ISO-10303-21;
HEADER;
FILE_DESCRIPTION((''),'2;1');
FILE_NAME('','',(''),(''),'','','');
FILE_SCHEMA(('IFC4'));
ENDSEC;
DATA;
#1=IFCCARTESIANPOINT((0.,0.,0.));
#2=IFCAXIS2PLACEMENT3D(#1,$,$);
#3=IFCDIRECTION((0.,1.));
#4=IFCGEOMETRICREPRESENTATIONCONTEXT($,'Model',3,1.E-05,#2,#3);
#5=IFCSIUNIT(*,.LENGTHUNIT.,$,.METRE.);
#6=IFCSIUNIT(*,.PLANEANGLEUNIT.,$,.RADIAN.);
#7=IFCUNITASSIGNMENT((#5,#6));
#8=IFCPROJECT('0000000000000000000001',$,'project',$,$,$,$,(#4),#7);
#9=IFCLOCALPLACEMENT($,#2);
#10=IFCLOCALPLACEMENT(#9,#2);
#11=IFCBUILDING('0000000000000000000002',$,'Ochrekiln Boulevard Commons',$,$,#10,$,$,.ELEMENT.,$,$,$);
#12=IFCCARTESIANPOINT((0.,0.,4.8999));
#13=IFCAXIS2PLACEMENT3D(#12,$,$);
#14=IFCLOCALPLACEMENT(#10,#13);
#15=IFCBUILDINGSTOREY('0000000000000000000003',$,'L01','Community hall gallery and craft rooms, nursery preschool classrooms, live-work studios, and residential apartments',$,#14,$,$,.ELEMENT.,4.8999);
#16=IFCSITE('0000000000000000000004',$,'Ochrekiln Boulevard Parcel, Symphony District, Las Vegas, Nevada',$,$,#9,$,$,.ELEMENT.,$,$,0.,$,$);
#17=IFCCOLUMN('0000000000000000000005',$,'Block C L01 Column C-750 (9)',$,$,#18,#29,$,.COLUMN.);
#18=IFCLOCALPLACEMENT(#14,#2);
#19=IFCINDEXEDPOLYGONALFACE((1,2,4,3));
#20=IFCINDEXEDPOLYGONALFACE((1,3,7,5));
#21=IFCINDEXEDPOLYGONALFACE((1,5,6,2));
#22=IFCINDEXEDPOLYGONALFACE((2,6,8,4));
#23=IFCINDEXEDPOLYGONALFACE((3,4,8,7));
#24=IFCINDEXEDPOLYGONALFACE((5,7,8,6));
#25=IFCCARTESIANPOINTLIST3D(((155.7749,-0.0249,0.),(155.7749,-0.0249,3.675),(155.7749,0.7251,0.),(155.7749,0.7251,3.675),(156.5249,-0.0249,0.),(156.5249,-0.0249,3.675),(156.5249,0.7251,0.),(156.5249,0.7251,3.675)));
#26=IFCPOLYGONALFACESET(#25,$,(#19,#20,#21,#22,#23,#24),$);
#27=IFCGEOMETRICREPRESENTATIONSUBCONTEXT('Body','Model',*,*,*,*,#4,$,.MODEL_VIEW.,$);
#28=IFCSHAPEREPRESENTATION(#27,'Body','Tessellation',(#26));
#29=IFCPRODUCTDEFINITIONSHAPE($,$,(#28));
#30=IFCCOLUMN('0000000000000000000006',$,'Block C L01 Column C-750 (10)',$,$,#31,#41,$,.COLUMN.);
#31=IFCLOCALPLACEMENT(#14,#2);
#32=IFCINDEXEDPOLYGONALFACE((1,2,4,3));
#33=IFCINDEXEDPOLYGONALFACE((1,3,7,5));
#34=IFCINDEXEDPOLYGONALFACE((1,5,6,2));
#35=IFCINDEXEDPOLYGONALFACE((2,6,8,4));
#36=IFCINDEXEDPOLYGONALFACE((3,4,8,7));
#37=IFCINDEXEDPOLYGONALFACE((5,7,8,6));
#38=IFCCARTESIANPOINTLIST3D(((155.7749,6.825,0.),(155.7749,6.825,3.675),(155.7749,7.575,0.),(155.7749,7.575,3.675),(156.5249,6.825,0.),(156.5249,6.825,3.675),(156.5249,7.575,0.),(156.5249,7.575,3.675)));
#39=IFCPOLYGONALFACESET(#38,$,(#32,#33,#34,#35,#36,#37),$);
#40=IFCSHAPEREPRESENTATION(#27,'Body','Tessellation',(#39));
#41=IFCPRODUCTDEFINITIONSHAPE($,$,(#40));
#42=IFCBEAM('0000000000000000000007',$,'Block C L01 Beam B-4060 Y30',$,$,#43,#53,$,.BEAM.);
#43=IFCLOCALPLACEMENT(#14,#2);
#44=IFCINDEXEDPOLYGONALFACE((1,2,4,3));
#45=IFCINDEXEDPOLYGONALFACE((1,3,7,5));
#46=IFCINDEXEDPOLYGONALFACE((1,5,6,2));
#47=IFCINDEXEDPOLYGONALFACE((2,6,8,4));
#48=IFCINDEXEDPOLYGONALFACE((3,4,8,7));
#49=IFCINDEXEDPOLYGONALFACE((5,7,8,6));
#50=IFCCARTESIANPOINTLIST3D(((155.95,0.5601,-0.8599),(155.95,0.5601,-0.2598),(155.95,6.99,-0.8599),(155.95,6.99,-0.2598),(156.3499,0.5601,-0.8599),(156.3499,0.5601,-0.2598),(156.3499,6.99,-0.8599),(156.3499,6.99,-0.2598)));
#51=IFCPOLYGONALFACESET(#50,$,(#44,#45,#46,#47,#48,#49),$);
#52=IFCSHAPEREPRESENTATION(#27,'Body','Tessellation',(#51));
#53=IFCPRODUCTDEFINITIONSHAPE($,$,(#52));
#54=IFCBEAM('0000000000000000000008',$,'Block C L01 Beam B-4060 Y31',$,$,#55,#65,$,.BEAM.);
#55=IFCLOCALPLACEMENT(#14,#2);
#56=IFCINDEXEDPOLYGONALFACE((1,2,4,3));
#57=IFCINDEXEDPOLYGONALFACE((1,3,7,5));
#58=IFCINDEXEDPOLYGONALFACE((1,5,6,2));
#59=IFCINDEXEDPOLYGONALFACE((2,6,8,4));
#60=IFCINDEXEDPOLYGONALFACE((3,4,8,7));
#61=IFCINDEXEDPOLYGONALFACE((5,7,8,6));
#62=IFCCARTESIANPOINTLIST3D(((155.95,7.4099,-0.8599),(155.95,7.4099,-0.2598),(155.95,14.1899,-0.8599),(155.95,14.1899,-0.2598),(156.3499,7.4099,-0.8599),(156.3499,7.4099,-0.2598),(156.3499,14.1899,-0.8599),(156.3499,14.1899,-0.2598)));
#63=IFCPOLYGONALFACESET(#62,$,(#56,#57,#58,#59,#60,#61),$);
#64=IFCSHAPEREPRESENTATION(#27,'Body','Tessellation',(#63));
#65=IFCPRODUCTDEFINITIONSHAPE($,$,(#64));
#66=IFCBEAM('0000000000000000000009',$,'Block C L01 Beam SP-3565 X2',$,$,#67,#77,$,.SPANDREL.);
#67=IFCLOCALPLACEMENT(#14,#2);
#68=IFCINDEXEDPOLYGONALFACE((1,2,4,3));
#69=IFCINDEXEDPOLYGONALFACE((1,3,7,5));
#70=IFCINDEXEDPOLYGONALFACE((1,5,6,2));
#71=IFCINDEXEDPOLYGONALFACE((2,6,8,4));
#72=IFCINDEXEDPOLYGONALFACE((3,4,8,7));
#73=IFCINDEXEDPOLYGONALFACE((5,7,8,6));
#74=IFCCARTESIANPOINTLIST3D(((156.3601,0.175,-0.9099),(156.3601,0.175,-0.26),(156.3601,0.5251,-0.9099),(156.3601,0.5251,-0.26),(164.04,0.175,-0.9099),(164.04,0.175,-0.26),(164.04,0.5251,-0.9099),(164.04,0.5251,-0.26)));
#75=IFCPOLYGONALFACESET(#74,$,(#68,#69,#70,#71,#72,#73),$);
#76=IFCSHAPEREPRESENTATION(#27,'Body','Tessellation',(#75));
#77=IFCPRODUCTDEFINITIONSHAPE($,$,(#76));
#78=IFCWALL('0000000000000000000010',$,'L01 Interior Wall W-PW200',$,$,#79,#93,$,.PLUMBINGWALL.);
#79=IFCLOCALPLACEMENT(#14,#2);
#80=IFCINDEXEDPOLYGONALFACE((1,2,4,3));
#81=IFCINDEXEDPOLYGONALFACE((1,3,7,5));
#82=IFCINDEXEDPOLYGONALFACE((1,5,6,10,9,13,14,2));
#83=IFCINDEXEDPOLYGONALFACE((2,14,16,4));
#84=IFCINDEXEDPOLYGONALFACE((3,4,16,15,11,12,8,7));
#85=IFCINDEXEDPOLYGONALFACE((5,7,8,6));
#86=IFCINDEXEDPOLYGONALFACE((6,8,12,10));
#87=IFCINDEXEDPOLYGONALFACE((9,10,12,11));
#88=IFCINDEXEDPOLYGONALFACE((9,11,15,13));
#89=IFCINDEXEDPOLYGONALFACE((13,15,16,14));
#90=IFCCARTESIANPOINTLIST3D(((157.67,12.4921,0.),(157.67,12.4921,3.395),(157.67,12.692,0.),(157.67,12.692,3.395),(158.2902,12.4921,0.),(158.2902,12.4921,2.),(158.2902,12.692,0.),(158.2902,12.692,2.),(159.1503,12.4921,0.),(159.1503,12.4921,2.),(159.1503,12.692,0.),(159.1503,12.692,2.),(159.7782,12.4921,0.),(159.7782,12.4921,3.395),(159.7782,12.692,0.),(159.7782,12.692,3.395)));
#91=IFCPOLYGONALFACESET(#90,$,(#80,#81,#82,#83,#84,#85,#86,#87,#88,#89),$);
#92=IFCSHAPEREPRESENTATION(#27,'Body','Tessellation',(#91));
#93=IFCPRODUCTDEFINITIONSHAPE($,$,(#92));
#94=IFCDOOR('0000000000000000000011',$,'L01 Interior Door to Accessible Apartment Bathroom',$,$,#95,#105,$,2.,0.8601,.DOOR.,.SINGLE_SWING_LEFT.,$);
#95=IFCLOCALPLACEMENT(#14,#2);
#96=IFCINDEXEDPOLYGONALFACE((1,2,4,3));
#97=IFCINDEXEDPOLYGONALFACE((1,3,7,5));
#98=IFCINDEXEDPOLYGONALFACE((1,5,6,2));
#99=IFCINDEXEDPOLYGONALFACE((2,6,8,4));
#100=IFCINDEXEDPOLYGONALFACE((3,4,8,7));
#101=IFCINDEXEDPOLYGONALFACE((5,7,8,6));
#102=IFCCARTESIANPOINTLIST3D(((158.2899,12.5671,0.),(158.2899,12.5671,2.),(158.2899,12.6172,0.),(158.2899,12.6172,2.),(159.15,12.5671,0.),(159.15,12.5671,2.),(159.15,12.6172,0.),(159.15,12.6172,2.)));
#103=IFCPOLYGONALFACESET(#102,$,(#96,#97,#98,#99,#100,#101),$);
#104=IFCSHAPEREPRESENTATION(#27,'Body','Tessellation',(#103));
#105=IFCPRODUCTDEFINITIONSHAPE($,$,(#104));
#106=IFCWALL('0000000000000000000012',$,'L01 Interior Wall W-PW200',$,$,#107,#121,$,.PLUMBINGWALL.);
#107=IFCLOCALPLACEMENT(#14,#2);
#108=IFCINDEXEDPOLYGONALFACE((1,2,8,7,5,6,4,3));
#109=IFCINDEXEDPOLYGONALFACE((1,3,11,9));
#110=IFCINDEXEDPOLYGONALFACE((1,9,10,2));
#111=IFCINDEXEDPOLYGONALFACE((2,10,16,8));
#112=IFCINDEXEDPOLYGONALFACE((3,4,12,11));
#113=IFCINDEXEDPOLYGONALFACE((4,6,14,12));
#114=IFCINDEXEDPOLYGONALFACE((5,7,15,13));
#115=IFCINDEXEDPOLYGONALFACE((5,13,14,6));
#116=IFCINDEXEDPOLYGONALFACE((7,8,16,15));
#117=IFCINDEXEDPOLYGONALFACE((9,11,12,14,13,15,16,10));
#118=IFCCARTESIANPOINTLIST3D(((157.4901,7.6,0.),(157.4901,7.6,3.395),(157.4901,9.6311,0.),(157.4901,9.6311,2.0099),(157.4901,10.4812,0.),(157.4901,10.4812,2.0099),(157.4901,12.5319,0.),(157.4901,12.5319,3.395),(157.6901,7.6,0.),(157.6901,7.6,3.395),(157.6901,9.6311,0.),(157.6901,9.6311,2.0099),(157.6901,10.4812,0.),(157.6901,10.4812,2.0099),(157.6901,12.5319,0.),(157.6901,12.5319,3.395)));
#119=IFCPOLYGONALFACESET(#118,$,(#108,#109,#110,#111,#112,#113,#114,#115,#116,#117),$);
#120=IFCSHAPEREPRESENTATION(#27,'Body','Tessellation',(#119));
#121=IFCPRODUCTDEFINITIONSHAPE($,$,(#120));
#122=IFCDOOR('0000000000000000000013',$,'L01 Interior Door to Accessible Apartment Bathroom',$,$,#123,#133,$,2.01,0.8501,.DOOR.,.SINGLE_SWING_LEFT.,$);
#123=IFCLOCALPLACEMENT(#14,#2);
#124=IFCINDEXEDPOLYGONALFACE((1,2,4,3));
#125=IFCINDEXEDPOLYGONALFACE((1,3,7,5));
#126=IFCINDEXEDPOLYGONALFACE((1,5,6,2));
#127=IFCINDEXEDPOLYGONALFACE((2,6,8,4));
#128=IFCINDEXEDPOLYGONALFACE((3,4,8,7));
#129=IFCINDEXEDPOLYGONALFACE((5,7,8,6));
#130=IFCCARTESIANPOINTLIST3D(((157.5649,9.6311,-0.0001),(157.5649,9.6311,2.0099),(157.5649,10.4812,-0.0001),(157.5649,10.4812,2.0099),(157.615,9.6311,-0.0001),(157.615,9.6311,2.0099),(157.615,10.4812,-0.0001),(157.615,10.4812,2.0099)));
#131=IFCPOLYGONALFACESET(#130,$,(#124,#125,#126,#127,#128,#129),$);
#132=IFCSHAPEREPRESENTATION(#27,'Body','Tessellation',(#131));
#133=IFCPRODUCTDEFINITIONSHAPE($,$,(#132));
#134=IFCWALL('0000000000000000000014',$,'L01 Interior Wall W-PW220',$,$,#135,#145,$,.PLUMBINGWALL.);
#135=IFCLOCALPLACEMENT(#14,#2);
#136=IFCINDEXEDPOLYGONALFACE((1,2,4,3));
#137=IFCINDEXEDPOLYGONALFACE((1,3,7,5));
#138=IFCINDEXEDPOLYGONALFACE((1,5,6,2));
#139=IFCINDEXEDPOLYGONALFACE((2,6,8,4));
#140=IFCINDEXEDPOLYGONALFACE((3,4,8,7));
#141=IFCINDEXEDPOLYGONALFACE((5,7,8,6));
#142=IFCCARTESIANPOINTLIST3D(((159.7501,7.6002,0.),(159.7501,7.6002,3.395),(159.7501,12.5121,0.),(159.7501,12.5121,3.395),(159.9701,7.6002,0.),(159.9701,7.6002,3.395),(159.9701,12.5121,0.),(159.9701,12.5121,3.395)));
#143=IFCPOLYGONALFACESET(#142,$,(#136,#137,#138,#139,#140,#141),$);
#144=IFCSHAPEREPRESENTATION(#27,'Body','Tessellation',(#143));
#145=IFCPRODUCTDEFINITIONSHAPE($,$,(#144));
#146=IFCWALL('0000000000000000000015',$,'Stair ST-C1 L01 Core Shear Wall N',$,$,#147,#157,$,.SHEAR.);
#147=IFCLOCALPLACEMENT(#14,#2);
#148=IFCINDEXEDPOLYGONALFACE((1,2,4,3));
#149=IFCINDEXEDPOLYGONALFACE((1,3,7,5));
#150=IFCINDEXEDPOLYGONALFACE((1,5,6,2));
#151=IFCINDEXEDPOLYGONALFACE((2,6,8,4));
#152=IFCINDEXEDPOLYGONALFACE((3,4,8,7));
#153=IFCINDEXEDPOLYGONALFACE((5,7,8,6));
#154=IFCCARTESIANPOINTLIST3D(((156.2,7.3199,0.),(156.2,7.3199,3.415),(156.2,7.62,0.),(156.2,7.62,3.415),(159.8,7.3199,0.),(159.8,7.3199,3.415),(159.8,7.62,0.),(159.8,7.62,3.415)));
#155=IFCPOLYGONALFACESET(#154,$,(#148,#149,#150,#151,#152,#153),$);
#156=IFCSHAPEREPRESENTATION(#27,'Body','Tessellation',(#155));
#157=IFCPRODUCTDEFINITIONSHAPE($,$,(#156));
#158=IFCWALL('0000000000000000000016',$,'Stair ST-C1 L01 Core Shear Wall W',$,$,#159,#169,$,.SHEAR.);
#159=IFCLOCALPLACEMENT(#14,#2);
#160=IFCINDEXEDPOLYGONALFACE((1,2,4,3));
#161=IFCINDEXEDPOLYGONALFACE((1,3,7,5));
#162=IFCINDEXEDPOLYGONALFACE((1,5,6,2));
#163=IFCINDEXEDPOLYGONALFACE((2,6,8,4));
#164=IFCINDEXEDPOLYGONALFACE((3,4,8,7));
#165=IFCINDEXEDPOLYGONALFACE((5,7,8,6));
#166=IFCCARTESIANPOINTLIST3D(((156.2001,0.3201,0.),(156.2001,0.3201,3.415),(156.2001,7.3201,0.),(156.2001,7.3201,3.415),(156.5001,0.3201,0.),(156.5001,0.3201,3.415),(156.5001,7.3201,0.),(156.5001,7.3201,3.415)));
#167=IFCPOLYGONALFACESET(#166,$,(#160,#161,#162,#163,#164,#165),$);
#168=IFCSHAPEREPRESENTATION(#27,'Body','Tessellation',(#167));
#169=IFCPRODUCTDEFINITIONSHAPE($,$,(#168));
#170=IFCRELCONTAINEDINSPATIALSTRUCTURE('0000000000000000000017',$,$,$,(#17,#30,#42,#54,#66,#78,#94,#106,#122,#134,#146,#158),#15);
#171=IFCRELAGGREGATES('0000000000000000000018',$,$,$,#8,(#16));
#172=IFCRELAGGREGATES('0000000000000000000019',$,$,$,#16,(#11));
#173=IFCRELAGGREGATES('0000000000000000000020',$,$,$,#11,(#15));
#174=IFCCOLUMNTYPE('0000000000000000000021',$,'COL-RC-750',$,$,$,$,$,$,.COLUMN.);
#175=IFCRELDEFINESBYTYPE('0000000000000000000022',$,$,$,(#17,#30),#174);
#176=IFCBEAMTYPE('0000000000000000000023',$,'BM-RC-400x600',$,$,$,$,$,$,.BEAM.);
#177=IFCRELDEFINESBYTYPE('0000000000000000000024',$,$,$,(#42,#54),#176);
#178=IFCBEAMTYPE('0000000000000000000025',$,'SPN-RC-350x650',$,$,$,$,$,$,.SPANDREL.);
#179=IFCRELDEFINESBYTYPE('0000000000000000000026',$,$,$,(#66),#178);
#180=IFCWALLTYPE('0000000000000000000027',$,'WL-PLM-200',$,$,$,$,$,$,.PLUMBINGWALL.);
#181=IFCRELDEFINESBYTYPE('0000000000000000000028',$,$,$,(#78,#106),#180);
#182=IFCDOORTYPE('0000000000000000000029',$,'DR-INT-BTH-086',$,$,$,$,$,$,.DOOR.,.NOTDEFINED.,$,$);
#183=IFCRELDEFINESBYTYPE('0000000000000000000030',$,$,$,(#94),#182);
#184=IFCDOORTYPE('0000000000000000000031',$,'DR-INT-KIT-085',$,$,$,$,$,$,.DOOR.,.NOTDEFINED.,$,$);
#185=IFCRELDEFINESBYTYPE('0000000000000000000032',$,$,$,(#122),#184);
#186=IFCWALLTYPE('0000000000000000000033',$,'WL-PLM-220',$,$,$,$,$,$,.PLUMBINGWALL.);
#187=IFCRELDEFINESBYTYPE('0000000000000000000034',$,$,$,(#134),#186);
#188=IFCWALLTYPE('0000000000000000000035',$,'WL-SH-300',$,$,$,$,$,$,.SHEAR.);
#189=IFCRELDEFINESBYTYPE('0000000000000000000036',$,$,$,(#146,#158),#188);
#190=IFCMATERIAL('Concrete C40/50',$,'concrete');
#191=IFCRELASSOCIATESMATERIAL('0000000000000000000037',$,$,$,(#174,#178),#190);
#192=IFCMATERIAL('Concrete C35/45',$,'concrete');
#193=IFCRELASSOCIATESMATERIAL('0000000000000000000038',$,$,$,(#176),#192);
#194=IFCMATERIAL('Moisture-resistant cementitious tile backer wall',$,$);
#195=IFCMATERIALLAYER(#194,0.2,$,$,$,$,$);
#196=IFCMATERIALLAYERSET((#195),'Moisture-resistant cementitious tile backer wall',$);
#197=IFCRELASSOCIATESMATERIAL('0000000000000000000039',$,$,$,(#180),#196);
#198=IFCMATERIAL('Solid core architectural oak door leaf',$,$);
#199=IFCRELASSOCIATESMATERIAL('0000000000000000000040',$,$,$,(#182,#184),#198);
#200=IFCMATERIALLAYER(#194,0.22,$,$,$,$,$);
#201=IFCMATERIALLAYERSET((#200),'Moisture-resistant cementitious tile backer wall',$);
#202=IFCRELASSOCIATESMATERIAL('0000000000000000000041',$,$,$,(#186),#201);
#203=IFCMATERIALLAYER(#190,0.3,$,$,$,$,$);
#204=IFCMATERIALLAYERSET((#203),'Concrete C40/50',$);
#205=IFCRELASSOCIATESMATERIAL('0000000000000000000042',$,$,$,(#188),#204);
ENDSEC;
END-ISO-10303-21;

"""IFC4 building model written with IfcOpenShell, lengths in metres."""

from ifc_helpers import new_model, si_unit, direction, frame, frame_2d, origin, origin_2d, place, context, subcontext, project, spatial, rectangle, extrude, material, layer, layer_set, material_profile, profile_set, type_object, element, fill, save


model = new_model("IFC4")

# Units and contexts
model_context = context("Model", 3, precision=1e-05, world=origin(), true_north=direction((0.0, 1.0)))
body_context = subcontext(model_context, "Body", "Model", "MODEL_VIEW")
ifc_project = project(units=[si_unit("LENGTHUNIT", "METRE"), si_unit("PLANEANGLEUNIT", "RADIAN")], contexts=[model_context])

# Site, building, storey
site_placement = place(None, origin())
site = spatial("IfcSite", under=ifc_project, at=site_placement, Name="Ochrekiln Boulevard Parcel, Symphony District, Las Vegas, Nevada", CompositionType="ELEMENT", RefElevation=0.0)
building_placement = place(site_placement, origin())
building = spatial("IfcBuilding", under=site, at=building_placement, Name="Ochrekiln Boulevard Commons", CompositionType="ELEMENT")
storey_placement = place(building_placement, frame((0.0, 0.0, 4.8999)))
storey = spatial("IfcBuildingStorey", under=building, at=storey_placement, Name="L01", Description="Community hall gallery and craft rooms, nursery preschool classrooms, live-work studios, and residential apartments", CompositionType="ELEMENT", Elevation=4.8999)

# Columns
ifc_material_1 = material(Name="Concrete C40/50", Category="concrete")
ifc_material_profile_1 = material_profile(ifc_material_1, rectangle(XDim=0.75, YDim=0.75, at=origin_2d()), Name="RC-COL-750x750")
ifc_profile_set_1 = profile_set([ifc_material_profile_1], Name="Concrete C40/50")
column_type = type_object("IfcColumnType", Name="COL-RC-750", PredefinedType="COLUMN", material=ifc_profile_set_1)
for number, where, z_axis, x_axis, name in (
    (1, (156.1499, 0.3501, 0.0), (0.0, 0.0, 1.0), (1.0, 0.0, 0.0), "Block C L01 Column C-750 (9)"),
    (2, (156.1499, 7.2, 0.0), (0.0, 0.0, 1.0), (1.0, 0.0, 0.0), "Block C L01 Column C-750 (10)"),
):
    element("IfcColumn", number, at=place(storey_placement, frame(where, z_axis=z_axis, x_axis=x_axis)), inside=storey, type_object=column_type, Name=name, PredefinedType="COLUMN", context=body_context, shape_type="SweptSolid", body=[
        extrude(rectangle(XDim=0.75, YDim=0.75, at=origin_2d()), origin(), (0.0, 0.0, 1.0), 3.675),
    ])

# Beams
ifc_material_2 = material(Name="Concrete C35/45", Category="concrete")
ifc_material_profile_2 = material_profile(ifc_material_2, rectangle(XDim=0.3999, YDim=0.6001, at=origin_2d()), Name="RC-BM-400x600")
ifc_profile_set_2 = profile_set([ifc_material_profile_2], Name="Concrete C35/45")
beam_type_1 = type_object("IfcBeamType", Name="BM-RC-400x600", PredefinedType="BEAM", material=ifc_profile_set_2)
beam_1_placement = place(storey_placement, frame((156.1499, 0.5601, -0.5598), z_axis=(0.0, 1.0, 0.0), x_axis=(-1.0, 0.0, 0.0)))
element("IfcBeam", 3, at=beam_1_placement, inside=storey, type_object=beam_type_1, Name="Block C L01 Beam B-4060 Y30", PredefinedType="BEAM", context=body_context, shape_type="SweptSolid", body=[
    extrude(rectangle(XDim=0.3999, YDim=0.6001, at=origin_2d()), origin(), (0.0, 0.0, 1.0), 6.4299),
])
beam_2_placement = place(storey_placement, frame((156.1499, 7.4099, -0.5598), z_axis=(0.0, 1.0, 0.0), x_axis=(-1.0, 0.0, 0.0)))
element("IfcBeam", 4, at=beam_2_placement, inside=storey, type_object=beam_type_1, Name="Block C L01 Beam B-4060 Y31", PredefinedType="BEAM", context=body_context, shape_type="SweptSolid", body=[
    extrude(rectangle(XDim=0.3999, YDim=0.6001, at=origin_2d()), origin(), (0.0, 0.0, 1.0), 6.78),
])
ifc_material_profile_3 = material_profile(ifc_material_1, rectangle(XDim=0.3501, YDim=0.6499, at=origin_2d()), Name="RC-SPN-350x650")
ifc_profile_set_3 = profile_set([ifc_material_profile_3], Name="Concrete C40/50")
beam_type_2 = type_object("IfcBeamType", Name="SPN-RC-350x650", PredefinedType="SPANDREL", material=ifc_profile_set_3)
beam_3_placement = place(storey_placement, frame((156.3601, 0.3501, -0.585), z_axis=(1.0, 0.0, 0.0), x_axis=(0.0, 1.0, 0.0)))
element("IfcBeam", 5, at=beam_3_placement, inside=storey, type_object=beam_type_2, Name="Block C L01 Beam SP-3565 X2", PredefinedType="SPANDREL", context=body_context, shape_type="SweptSolid", body=[
    extrude(rectangle(XDim=0.3501, YDim=0.6499, at=origin_2d()), origin(), (0.0, 0.0, 1.0), 7.6799),
])

# Walls, openings, doors
ifc_material_3 = material(Name="Moisture-resistant cementitious tile backer wall")
ifc_layer_1 = layer(ifc_material_3, 0.2)
ifc_layer_set_1 = layer_set([ifc_layer_1], Name="Moisture-resistant cementitious tile backer wall")
wall_type_1 = type_object("IfcWallType", Name="WL-PLM-200", PredefinedType="PLUMBINGWALL", material=ifc_layer_set_1)
wall_1_placement = place(storey_placement, frame((157.6699, 12.592, 0.0), z_axis=(0.0, 0.0, 1.0), x_axis=(1.0, 0.0, 0.0)))
wall_1 = element("IfcWall", 6, at=wall_1_placement, inside=storey, type_object=wall_type_1, Name="L01 Interior Wall W-PW200", PredefinedType="PLUMBINGWALL", context=body_context, shape_type="SweptSolid", body=[
    extrude(rectangle(XDim=2.1082, YDim=0.2, at=frame_2d((1.0542, 0.0))), origin(), (0.0, 0.0, 1.0), 3.395),
])
opening_1_placement = place(wall_1_placement, frame((0.6201, 0.0, 0.0)))
opening_1 = element("IfcOpeningElement", 7, at=opening_1_placement, cuts=wall_1, PredefinedType="OPENING", context=body_context, shape_type="SweptSolid", body=[
    extrude(rectangle(XDim=0.8601, YDim=2.0, at=frame_2d((0.4302, 1.0))), frame((0.0, 0.1099, 0.0), z_axis=(0.0, -1.0, 0.0), x_axis=(1.0, 0.0, 0.0)), (0.0, 0.0, 1.0), 0.22),
])
ifc_material_4 = material(Name="Solid core architectural oak door leaf")
door_type_1 = type_object("IfcDoorType", Name="DR-INT-BTH-086", OperationType="NOTDEFINED", PredefinedType="DOOR", material=ifc_material_4)
door_1_placement = place(opening_1_placement, frame((0.8601, 0.0, 0.0), z_axis=(0.0, 0.0, 1.0), x_axis=(-1.0, 0.0, 0.0)))
door_1 = element("IfcDoor", 8, at=door_1_placement, inside=storey, type_object=door_type_1, Name="L01 Interior Door to Accessible Apartment Bathroom", OperationType="SINGLE_SWING_LEFT", OverallHeight=2.0, OverallWidth=0.8601, PredefinedType="DOOR", context=body_context, shape_type="SweptSolid", body=[
    extrude(rectangle(XDim=0.8601, YDim=2.0, at=frame_2d((0.4302, 1.0))), frame((0.0, 0.0249, 0.0), z_axis=(0.0, -1.0, 0.0), x_axis=(1.0, 0.0, 0.0)), (0.0, 0.0, 1.0), 0.05),
])
fill(opening_1, door_1)
wall_2_placement = place(storey_placement, frame((157.5901, 7.6001, 0.0), z_axis=(0.0, 0.0, 1.0), x_axis=(0.0, 1.0, 0.0)))
wall_2 = element("IfcWall", 9, at=wall_2_placement, inside=storey, type_object=wall_type_1, Name="L01 Interior Wall W-PW200", PredefinedType="PLUMBINGWALL", context=body_context, shape_type="SweptSolid", body=[
    extrude(rectangle(XDim=4.9319, YDim=0.2, at=frame_2d((2.4658, 0.0))), origin(), (0.0, 0.0, 1.0), 3.395),
])
opening_2_placement = place(wall_2_placement, frame((2.031, 0.0, 0.0)))
opening_2 = element("IfcOpeningElement", 10, at=opening_2_placement, cuts=wall_2, PredefinedType="OPENING", context=body_context, shape_type="SweptSolid", body=[
    extrude(rectangle(XDim=0.8501, YDim=2.01, at=frame_2d((0.425, 1.0049))), frame((0.0, 0.1099, 0.0), z_axis=(0.0, -1.0, 0.0), x_axis=(1.0, 0.0, 0.0)), (0.0, 0.0, 1.0), 0.22),
])
door_type_2 = type_object("IfcDoorType", Name="DR-INT-KIT-085", OperationType="NOTDEFINED", PredefinedType="DOOR", material=ifc_material_4)
door_2_placement = place(opening_2_placement, frame((0.8501, 0.0, 0.0), z_axis=(0.0, 0.0, 1.0), x_axis=(-1.0, 0.0, 0.0)))
door_2 = element("IfcDoor", 11, at=door_2_placement, inside=storey, type_object=door_type_2, Name="L01 Interior Door to Accessible Apartment Bathroom", OperationType="SINGLE_SWING_LEFT", OverallHeight=2.01, OverallWidth=0.8501, PredefinedType="DOOR", context=body_context, shape_type="SweptSolid", body=[
    extrude(rectangle(XDim=0.8501, YDim=2.01, at=frame_2d((0.425, 1.0049))), frame((0.0, 0.0249, 0.0), z_axis=(0.0, -1.0, 0.0), x_axis=(1.0, 0.0, 0.0)), (0.0, 0.0, 1.0), 0.05),
])
fill(opening_2, door_2)

# Wall
ifc_layer_2 = layer(ifc_material_3, 0.22)
ifc_layer_set_2 = layer_set([ifc_layer_2], Name="Moisture-resistant cementitious tile backer wall")
wall_type_2 = type_object("IfcWallType", Name="WL-PLM-220", PredefinedType="PLUMBINGWALL", material=ifc_layer_set_2)
wall_3_placement = place(storey_placement, frame((159.8601, 7.6001, 0.0), z_axis=(0.0, 0.0, 1.0), x_axis=(0.0, 1.0, 0.0)))
element("IfcWall", 12, at=wall_3_placement, inside=storey, type_object=wall_type_2, Name="L01 Interior Wall W-PW220", PredefinedType="PLUMBINGWALL", context=body_context, shape_type="SweptSolid", body=[
    extrude(rectangle(XDim=4.9119, YDim=0.22, at=frame_2d((2.4561, 0.0))), origin(), (0.0, 0.0, 1.0), 3.395),
])

# Walls
ifc_layer_3 = layer(ifc_material_1, 0.3)
ifc_layer_set_3 = layer_set([ifc_layer_3], Name="Concrete C40/50")
wall_type_3 = type_object("IfcWallType", Name="WL-SH-300", PredefinedType="SHEAR", material=ifc_layer_set_3)
wall_4_placement = place(storey_placement, frame((156.2, 7.47, 0.0), z_axis=(0.0, 0.0, 1.0), x_axis=(1.0, 0.0, 0.0)))
element("IfcWall", 13, at=wall_4_placement, inside=storey, type_object=wall_type_3, Name="Stair ST-C1 L01 Core Shear Wall N", PredefinedType="SHEAR", context=body_context, shape_type="SweptSolid", body=[
    extrude(rectangle(XDim=3.6001, YDim=0.3, at=frame_2d((1.8, 0.0))), origin(), (0.0, 0.0, 1.0), 3.415),
])
wall_5_placement = place(storey_placement, frame((156.3501, 0.3201, 0.0), z_axis=(0.0, 0.0, 1.0), x_axis=(0.0, 1.0, 0.0)))
element("IfcWall", 14, at=wall_5_placement, inside=storey, type_object=wall_type_3, Name="Stair ST-C1 L01 Core Shear Wall W", PredefinedType="SHEAR", context=body_context, shape_type="SweptSolid", body=[
    extrude(rectangle(XDim=7.0, YDim=0.3, at=frame_2d((3.5, 0.0))), origin(), (0.0, 0.0, 1.0), 3.415),
])

save(model, "model.ifc")
